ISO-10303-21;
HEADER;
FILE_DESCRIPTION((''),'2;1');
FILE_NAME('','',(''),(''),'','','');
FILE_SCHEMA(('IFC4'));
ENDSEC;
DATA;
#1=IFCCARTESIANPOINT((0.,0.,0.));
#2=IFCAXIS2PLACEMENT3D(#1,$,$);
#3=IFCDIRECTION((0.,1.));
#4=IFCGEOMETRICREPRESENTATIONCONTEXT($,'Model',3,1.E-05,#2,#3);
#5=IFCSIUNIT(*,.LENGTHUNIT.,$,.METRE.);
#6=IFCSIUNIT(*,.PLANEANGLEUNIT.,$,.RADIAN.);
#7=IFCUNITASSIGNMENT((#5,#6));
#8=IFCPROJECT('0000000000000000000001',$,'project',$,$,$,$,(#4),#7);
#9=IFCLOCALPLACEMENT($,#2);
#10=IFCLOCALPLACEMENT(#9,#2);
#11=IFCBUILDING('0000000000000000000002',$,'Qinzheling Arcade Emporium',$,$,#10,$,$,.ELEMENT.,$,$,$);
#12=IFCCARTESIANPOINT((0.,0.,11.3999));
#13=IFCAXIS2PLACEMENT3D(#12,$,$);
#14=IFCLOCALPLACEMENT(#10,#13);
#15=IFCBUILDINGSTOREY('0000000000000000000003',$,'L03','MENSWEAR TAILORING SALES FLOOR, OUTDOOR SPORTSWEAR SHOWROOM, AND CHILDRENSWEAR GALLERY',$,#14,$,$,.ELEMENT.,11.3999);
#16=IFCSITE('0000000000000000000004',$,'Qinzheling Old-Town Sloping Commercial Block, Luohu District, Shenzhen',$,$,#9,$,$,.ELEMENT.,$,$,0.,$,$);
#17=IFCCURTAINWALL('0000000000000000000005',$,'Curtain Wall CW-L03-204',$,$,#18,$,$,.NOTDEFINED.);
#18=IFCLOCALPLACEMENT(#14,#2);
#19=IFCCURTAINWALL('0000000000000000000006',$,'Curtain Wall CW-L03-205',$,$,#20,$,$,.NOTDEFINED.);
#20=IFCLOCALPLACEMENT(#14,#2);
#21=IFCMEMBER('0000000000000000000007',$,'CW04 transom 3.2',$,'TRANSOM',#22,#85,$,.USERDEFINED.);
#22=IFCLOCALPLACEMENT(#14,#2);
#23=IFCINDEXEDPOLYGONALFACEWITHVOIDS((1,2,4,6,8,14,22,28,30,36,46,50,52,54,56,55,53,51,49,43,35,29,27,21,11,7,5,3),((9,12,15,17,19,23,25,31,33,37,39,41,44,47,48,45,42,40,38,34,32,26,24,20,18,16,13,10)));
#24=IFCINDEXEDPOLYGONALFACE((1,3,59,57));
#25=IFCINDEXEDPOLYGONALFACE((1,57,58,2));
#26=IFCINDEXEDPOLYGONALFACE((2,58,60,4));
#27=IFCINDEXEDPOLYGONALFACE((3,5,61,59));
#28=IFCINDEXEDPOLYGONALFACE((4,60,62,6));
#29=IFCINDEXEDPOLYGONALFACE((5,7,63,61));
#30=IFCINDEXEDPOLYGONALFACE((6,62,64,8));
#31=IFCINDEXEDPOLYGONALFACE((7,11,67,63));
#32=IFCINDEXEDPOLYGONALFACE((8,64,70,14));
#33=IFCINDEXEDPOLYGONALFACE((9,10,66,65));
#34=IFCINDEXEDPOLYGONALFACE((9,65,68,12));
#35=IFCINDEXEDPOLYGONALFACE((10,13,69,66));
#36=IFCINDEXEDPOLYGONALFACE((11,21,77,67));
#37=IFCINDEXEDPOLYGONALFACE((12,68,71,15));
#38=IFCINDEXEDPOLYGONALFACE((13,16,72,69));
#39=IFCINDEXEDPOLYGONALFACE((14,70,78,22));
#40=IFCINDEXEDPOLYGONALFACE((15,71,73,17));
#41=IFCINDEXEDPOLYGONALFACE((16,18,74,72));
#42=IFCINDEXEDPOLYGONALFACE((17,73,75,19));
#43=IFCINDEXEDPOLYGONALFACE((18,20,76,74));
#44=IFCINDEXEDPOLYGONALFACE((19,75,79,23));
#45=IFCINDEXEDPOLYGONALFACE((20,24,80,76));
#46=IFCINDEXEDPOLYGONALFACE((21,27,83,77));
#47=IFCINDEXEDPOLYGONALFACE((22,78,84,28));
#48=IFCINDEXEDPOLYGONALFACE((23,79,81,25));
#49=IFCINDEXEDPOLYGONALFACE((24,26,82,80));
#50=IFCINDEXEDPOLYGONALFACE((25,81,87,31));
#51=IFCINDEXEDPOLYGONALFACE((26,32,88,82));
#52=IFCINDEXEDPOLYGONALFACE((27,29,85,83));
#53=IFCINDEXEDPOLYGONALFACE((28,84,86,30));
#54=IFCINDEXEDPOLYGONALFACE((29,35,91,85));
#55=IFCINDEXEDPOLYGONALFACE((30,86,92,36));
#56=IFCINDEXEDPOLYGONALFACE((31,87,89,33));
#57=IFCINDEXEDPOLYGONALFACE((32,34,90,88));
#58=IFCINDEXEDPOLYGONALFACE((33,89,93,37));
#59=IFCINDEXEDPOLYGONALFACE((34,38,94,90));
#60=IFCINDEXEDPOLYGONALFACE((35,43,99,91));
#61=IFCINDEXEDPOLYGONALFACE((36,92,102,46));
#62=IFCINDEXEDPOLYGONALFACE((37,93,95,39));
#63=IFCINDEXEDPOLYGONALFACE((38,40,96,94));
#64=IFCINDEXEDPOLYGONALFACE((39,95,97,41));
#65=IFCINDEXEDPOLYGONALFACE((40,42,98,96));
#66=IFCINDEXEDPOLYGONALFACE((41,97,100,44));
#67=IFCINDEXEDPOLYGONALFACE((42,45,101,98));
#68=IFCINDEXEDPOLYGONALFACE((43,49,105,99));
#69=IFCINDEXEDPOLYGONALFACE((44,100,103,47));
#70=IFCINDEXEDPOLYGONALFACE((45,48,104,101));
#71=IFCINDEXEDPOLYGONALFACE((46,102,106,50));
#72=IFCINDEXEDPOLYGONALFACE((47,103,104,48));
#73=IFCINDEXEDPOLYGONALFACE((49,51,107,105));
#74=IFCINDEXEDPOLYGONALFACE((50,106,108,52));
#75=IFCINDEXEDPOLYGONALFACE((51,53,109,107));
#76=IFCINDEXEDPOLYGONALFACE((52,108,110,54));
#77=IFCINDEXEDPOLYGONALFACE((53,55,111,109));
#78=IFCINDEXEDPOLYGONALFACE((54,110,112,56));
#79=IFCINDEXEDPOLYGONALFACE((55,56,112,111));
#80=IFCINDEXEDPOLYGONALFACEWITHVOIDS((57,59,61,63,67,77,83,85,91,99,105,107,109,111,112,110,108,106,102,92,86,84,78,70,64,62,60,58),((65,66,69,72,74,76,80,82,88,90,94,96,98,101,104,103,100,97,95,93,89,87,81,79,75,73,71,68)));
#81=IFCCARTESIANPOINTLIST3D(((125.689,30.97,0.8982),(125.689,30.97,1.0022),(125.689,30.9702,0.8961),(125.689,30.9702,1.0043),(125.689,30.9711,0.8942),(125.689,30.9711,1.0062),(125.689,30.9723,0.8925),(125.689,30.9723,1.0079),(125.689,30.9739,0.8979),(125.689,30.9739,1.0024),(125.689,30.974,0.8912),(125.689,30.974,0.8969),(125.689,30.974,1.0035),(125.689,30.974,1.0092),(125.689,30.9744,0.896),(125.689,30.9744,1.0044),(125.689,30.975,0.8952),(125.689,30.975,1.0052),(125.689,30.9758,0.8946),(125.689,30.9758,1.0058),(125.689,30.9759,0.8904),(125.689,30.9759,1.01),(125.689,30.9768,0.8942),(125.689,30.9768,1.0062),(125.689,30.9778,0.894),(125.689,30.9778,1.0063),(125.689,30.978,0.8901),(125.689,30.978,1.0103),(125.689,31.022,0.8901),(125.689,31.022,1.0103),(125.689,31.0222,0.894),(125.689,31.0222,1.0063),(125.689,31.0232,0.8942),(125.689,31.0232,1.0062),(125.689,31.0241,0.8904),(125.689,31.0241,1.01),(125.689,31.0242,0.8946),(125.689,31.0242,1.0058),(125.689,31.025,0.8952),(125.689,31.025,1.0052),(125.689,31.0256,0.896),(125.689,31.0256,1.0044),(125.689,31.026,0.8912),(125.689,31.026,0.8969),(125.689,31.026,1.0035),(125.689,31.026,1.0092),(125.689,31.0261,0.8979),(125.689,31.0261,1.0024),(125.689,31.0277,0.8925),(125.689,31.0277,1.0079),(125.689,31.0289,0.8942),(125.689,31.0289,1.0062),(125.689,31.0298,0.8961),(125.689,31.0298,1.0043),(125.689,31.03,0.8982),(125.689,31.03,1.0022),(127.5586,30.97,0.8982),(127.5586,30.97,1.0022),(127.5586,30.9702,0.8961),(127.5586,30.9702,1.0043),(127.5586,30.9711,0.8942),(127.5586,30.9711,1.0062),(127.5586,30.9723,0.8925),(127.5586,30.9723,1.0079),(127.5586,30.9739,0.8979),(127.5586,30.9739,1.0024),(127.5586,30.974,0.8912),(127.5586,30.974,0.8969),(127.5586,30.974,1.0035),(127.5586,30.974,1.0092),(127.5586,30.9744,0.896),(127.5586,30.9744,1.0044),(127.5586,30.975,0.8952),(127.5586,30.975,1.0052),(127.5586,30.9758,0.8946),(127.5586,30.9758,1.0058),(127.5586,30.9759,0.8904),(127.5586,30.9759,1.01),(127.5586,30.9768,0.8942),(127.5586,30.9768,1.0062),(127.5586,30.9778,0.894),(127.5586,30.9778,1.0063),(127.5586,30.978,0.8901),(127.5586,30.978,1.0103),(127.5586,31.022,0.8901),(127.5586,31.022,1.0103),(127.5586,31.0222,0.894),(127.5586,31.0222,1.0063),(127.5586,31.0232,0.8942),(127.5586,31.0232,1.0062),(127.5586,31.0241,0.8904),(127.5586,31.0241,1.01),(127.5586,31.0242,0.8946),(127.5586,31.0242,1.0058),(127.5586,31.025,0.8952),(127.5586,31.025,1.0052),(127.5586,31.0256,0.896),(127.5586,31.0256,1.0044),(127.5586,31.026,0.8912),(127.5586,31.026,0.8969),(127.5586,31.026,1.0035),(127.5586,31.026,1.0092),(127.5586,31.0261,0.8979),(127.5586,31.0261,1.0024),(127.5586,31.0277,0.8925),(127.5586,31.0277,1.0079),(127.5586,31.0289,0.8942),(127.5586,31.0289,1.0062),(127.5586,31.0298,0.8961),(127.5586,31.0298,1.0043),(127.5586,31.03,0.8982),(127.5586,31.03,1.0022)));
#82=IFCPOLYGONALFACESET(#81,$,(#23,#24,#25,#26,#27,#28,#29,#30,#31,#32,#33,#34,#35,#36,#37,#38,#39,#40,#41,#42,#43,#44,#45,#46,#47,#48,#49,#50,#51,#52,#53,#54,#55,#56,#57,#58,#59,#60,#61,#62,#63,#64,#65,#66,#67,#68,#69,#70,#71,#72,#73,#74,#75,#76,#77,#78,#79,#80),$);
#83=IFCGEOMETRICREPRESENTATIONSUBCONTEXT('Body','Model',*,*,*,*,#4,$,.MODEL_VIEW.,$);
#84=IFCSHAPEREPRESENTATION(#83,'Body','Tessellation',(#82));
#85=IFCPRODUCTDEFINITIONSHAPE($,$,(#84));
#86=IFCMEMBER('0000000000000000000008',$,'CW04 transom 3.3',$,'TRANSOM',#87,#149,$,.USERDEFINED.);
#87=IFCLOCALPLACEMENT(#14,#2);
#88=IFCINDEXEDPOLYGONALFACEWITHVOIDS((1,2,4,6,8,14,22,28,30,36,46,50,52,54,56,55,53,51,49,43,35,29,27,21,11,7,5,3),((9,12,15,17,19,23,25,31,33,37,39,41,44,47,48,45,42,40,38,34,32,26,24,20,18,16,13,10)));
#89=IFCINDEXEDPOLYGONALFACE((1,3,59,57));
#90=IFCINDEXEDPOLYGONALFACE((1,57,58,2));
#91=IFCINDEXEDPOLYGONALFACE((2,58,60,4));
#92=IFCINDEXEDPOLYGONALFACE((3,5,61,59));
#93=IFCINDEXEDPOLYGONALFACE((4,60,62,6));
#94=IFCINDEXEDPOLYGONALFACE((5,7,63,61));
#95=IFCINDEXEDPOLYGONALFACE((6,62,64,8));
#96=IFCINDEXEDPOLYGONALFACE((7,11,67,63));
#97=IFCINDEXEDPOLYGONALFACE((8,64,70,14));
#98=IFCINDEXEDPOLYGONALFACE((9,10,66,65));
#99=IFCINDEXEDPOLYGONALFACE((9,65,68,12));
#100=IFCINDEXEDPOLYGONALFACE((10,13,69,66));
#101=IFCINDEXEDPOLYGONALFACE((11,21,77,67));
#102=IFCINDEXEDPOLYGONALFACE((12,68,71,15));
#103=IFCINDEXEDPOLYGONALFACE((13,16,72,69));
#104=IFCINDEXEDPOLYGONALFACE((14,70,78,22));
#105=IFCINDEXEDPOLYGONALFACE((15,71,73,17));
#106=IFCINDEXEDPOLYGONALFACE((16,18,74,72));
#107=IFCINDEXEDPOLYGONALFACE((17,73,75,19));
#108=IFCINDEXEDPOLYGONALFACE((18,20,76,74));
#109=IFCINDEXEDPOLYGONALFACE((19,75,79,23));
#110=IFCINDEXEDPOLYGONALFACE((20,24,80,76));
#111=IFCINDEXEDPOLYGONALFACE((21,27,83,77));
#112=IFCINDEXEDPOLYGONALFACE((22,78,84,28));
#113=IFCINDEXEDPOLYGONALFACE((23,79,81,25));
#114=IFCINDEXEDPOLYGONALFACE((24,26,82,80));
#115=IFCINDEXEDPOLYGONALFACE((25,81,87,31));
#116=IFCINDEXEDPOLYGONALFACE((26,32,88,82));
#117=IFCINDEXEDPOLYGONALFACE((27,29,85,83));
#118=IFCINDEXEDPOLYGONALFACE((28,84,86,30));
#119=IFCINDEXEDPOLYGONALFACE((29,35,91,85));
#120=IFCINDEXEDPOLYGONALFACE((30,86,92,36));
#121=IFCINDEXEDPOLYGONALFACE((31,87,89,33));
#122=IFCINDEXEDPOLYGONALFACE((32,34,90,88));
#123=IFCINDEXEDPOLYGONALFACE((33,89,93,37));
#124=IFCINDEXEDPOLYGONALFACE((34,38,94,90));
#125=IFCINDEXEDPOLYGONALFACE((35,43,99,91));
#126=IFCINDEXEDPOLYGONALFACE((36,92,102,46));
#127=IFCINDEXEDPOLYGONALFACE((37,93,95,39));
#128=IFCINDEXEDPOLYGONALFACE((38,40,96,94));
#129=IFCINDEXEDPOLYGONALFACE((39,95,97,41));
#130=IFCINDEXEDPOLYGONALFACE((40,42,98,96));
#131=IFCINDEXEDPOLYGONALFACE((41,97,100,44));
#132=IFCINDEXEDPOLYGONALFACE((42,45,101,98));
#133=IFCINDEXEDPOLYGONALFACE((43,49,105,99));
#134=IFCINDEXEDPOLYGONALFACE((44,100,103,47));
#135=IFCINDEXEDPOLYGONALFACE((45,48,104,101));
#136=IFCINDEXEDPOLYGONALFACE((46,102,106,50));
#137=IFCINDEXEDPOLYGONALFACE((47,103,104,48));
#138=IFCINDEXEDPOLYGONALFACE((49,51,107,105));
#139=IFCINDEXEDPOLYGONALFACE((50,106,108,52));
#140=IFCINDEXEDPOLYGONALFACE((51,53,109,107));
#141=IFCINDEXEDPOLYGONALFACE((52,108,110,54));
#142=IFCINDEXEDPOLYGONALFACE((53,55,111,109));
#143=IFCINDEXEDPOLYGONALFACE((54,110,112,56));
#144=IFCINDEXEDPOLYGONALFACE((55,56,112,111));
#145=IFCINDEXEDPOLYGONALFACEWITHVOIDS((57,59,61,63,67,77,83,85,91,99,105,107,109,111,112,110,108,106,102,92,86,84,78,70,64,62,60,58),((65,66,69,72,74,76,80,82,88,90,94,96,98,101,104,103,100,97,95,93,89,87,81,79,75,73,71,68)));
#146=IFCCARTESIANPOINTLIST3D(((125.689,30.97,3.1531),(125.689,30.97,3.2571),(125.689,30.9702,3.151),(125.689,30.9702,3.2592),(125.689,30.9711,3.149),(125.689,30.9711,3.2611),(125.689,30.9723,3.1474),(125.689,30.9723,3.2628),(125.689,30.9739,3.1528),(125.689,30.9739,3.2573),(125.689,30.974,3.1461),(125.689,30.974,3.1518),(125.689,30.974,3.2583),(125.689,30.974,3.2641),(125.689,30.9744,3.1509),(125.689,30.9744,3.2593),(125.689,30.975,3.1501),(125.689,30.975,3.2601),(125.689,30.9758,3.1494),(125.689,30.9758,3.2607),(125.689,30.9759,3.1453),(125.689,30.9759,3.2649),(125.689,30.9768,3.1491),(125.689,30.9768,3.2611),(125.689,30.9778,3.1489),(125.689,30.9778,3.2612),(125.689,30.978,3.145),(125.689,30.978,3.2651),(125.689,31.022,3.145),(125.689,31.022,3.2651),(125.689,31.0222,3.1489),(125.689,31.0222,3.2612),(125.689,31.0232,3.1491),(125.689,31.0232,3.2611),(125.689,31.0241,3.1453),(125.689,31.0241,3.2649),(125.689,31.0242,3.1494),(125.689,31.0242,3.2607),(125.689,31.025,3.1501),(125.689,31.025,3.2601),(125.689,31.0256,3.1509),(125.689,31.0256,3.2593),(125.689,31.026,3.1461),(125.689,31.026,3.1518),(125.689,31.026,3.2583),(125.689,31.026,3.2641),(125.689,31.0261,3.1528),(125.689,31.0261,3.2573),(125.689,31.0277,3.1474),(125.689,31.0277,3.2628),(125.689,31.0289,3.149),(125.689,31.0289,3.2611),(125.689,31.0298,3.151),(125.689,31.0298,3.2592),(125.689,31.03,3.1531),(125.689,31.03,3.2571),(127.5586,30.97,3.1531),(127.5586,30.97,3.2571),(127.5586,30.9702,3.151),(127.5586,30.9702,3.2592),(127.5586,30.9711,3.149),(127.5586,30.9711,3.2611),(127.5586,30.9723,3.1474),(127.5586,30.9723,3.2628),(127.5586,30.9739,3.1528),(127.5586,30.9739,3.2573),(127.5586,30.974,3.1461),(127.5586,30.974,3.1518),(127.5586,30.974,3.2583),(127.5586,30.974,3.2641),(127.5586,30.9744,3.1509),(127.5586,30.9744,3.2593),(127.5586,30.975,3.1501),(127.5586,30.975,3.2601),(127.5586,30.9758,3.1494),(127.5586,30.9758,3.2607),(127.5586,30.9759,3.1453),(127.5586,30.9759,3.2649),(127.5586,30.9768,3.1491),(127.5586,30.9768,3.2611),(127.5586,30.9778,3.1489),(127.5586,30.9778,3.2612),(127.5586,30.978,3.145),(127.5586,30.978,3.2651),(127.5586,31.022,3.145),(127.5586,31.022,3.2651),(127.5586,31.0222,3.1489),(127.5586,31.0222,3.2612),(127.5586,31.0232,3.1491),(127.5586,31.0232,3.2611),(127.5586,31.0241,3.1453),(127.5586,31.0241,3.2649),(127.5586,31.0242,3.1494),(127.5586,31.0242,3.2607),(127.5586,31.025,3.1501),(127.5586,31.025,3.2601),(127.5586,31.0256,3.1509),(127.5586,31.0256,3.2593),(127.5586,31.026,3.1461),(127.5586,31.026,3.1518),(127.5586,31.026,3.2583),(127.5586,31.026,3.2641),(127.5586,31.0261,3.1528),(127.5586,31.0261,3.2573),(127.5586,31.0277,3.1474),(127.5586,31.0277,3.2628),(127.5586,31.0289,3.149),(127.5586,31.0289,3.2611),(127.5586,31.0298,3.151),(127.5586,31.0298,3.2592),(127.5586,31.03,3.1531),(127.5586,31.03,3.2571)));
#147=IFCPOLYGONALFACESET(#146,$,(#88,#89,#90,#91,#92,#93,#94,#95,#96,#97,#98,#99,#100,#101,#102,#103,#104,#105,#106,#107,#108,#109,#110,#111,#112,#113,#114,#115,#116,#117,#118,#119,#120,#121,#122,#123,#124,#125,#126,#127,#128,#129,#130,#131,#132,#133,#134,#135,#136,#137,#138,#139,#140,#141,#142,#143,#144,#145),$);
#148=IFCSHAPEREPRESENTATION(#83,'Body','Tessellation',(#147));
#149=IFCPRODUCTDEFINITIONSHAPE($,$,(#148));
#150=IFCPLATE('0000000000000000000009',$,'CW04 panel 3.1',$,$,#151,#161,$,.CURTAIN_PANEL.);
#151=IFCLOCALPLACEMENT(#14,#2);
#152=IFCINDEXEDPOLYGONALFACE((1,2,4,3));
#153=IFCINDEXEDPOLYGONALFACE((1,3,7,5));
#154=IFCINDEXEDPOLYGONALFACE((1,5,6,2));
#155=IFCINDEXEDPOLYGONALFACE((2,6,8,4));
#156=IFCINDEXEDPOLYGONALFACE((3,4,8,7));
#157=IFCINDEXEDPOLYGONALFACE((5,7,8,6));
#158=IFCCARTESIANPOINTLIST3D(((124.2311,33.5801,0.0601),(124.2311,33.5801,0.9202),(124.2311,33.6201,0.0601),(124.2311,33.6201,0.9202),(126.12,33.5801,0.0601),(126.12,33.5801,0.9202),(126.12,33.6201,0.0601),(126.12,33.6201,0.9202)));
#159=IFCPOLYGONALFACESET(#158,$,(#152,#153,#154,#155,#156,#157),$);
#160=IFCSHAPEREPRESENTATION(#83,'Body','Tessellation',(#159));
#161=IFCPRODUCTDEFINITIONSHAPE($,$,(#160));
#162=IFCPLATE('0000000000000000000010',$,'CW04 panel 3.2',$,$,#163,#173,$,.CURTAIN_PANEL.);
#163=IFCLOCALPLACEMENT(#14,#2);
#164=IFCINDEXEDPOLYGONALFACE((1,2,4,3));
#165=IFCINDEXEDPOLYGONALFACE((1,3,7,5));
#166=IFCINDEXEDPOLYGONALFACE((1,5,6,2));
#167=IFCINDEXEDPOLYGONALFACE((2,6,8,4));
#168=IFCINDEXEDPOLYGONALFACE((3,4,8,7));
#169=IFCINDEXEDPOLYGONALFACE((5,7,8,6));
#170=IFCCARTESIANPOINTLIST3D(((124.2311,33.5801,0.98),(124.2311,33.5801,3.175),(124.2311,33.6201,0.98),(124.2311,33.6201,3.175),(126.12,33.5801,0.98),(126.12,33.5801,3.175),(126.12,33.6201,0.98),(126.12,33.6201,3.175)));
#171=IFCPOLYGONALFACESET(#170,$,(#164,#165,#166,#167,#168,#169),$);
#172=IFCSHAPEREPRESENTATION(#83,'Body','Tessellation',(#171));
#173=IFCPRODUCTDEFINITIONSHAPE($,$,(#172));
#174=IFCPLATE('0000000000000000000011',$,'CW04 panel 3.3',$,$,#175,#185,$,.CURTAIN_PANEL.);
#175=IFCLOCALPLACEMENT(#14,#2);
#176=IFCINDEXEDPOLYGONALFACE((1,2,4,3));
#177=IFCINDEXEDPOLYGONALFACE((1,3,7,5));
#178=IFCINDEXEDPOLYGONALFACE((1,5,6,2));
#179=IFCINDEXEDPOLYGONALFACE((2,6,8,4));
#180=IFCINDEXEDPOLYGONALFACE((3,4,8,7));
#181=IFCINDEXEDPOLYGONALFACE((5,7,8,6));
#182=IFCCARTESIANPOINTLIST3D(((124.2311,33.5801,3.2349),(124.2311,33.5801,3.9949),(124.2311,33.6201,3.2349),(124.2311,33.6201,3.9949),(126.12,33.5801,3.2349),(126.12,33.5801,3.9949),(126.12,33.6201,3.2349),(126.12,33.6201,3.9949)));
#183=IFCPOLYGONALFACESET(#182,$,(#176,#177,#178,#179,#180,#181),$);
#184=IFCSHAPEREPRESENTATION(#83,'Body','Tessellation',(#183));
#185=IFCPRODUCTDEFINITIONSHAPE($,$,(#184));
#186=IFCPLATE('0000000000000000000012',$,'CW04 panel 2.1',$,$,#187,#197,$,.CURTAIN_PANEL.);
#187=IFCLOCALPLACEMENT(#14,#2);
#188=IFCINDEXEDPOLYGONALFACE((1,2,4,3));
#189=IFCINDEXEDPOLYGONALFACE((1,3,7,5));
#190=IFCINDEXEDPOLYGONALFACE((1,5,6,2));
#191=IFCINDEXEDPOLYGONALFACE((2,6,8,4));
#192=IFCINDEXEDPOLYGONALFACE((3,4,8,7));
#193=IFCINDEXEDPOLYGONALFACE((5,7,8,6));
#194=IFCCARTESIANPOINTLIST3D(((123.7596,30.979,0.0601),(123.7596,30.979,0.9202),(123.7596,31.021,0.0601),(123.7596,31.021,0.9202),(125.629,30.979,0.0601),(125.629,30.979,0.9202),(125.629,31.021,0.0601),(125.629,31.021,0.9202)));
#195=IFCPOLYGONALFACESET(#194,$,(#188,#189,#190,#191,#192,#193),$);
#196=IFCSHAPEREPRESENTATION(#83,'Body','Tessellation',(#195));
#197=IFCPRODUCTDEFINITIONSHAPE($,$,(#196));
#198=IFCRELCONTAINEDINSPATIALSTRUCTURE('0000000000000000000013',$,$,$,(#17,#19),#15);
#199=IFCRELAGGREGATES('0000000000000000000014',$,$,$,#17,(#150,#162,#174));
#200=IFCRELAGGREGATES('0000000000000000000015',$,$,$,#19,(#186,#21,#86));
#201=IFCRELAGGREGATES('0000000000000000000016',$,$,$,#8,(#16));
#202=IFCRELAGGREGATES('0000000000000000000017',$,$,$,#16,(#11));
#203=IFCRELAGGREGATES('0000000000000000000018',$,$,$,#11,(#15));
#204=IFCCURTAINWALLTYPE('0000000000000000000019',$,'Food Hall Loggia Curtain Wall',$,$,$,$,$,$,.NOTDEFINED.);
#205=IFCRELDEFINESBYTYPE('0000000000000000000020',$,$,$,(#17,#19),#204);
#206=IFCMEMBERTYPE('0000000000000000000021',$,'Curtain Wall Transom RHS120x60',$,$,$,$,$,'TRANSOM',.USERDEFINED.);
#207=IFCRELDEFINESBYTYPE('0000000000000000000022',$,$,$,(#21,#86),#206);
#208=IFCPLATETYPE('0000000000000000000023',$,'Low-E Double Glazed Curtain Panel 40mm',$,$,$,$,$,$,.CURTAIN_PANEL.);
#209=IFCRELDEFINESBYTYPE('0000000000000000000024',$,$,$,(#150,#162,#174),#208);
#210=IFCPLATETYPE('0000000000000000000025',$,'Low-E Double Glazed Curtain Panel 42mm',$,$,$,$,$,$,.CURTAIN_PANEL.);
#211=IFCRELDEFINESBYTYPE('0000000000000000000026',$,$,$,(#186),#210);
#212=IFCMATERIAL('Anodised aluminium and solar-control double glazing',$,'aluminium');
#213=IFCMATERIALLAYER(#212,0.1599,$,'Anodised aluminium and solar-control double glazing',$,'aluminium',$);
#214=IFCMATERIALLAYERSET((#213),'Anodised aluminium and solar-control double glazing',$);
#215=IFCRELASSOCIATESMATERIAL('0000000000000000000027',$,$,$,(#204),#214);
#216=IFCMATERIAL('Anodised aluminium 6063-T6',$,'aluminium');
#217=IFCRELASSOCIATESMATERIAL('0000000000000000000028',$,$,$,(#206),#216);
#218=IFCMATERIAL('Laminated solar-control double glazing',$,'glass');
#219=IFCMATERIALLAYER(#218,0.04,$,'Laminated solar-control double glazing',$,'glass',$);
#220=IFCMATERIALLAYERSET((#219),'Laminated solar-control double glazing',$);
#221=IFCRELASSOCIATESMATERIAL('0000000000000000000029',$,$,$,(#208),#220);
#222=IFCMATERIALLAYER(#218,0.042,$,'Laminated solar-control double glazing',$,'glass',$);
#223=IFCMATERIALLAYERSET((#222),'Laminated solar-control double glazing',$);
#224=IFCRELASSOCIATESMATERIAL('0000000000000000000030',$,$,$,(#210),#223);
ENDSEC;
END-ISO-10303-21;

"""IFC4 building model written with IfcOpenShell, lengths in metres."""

from ifc_helpers import new_model, si_unit, direction, frame, origin, origin_2d, place, context, subcontext, project, spatial, rectangle, hollow_rectangle, extrude, material, layer, layer_set, material_profile, profile_set, type_object, element, aggregate, save


model = new_model("IFC4")

# Units and contexts
model_context = context("Model", 3, precision=1e-05, world=origin(), true_north=direction((0.0, 1.0)))
body_context = subcontext(model_context, "Body", "Model", "MODEL_VIEW")
ifc_project = project(units=[si_unit("LENGTHUNIT", "METRE"), si_unit("PLANEANGLEUNIT", "RADIAN")], contexts=[model_context])

# Site, building, storey
site_placement = place(None, origin())
site = spatial("IfcSite", under=ifc_project, at=site_placement, Name="Qinzheling Old-Town Sloping Commercial Block, Luohu District, Shenzhen", CompositionType="ELEMENT", RefElevation=0.0)
building_placement = place(site_placement, origin())
building = spatial("IfcBuilding", under=site, at=building_placement, Name="Qinzheling Arcade Emporium", CompositionType="ELEMENT")
storey_placement = place(building_placement, frame((0.0, 0.0, 11.3999)))
storey = spatial("IfcBuildingStorey", under=building, at=storey_placement, Name="L03", Description="MENSWEAR TAILORING SALES FLOOR, OUTDOOR SPORTSWEAR SHOWROOM, AND CHILDRENSWEAR GALLERY", CompositionType="ELEMENT", Elevation=11.3999)

# Curtain wall
ifc_material_1 = material(Name="Anodised aluminium and solar-control double glazing", Category="aluminium")
ifc_layer_1 = layer(ifc_material_1, 0.1599, Name="Anodised aluminium and solar-control double glazing", Category="aluminium")
ifc_layer_set_1 = layer_set([ifc_layer_1], Name="Anodised aluminium and solar-control double glazing")
curtain_wall_type = type_object("IfcCurtainWallType", Name="Food Hall Loggia Curtain Wall", PredefinedType="NOTDEFINED", material=ifc_layer_set_1)
curtain_wall_1_placement = place(storey_placement, origin())
curtain_wall_1 = element("IfcCurtainWall", 1, at=curtain_wall_1_placement, inside=storey, type_object=curtain_wall_type, Name="Curtain Wall CW-L03-204", PredefinedType="NOTDEFINED")
ifc_material_2 = material(Name="Anodised aluminium 6063-T6", Category="aluminium")

# Curtain wall
curtain_wall_2_placement = place(storey_placement, origin())
curtain_wall_2 = element("IfcCurtainWall", 2, at=curtain_wall_2_placement, inside=storey, type_object=curtain_wall_type, Name="Curtain Wall CW-L03-205", PredefinedType="NOTDEFINED")

# Members
ifc_material_profile_1 = material_profile(ifc_material_2, hollow_rectangle(XDim=0.0601, YDim=0.1201, WallThickness=0.0039, InnerFilletRadius=0.0039, OuterFilletRadius=0.0081, at=origin_2d()), Name="RHS 120x60x4", Category="aluminium")
ifc_profile_set_1 = profile_set([ifc_material_profile_1], Name="Anodised aluminium 6063-T6")
member_type_1 = type_object("IfcMemberType", Name="Curtain Wall Transom RHS120x60", ElementType="TRANSOM", PredefinedType="USERDEFINED", material=ifc_profile_set_1)
member_1_placement = place(storey_placement, frame((125.689, 31.0, 0.9502), z_axis=(1.0, 0.0, 0.0), x_axis=(0.0, 1.0, 0.0)))
member_1 = element("IfcMember", 3, at=member_1_placement, type_object=member_type_1, Name="CW04 transom 3.2", ObjectType="TRANSOM", PredefinedType="USERDEFINED", context=body_context, shape_type="SweptSolid", body=[
    extrude(hollow_rectangle(XDim=0.0601, YDim=0.1201, WallThickness=0.0039, InnerFilletRadius=0.0039, OuterFilletRadius=0.0081, at=origin_2d()), origin(), (0.0, 0.0, 1.0), 1.8696),
])
member_2_placement = place(storey_placement, frame((125.689, 31.0, 3.2051), z_axis=(1.0, 0.0, 0.0), x_axis=(0.0, 1.0, 0.0)))
member_2 = element("IfcMember", 4, at=member_2_placement, type_object=member_type_1, Name="CW04 transom 3.3", ObjectType="TRANSOM", PredefinedType="USERDEFINED", context=body_context, shape_type="SweptSolid", body=[
    extrude(hollow_rectangle(XDim=0.0601, YDim=0.1201, WallThickness=0.0039, InnerFilletRadius=0.0039, OuterFilletRadius=0.0081, at=origin_2d()), origin(), (0.0, 0.0, 1.0), 1.8696),
])

# Plates
ifc_material_3 = material(Name="Laminated solar-control double glazing", Category="glass")
ifc_layer_2 = layer(ifc_material_3, 0.04, Name="Laminated solar-control double glazing", Category="glass")
ifc_layer_set_2 = layer_set([ifc_layer_2], Name="Laminated solar-control double glazing")
plate_type_1 = type_object("IfcPlateType", Name="Low-E Double Glazed Curtain Panel 40mm", PredefinedType="CURTAIN_PANEL", material=ifc_layer_set_2)
plate_1_placement = place(storey_placement, frame((125.1755, 33.6001, 0.0601), z_axis=(0.0, 0.0, 1.0), x_axis=(-1.0, 0.0, 0.0)))
plate_1 = element("IfcPlate", 5, at=plate_1_placement, type_object=plate_type_1, Name="CW04 panel 3.1", PredefinedType="CURTAIN_PANEL", context=body_context, shape_type="SweptSolid", body=[
    extrude(rectangle(XDim=1.8889, YDim=0.04, at=origin_2d()), origin(), (0.0, 0.0, 1.0), 0.8601),
])
plate_2_placement = place(storey_placement, frame((125.1755, 33.6001, 0.98), z_axis=(0.0, 0.0, 1.0), x_axis=(-1.0, 0.0, 0.0)))
plate_2 = element("IfcPlate", 6, at=plate_2_placement, type_object=plate_type_1, Name="CW04 panel 3.2", PredefinedType="CURTAIN_PANEL", context=body_context, shape_type="SweptSolid", body=[
    extrude(rectangle(XDim=1.8889, YDim=0.04, at=origin_2d()), origin(), (0.0, 0.0, 1.0), 2.1951),
])
plate_3_placement = place(storey_placement, frame((125.1755, 33.6001, 3.2349), z_axis=(0.0, 0.0, 1.0), x_axis=(-1.0, 0.0, 0.0)))
plate_3 = element("IfcPlate", 7, at=plate_3_placement, type_object=plate_type_1, Name="CW04 panel 3.3", PredefinedType="CURTAIN_PANEL", context=body_context, shape_type="SweptSolid", body=[
    extrude(rectangle(XDim=1.8889, YDim=0.04, at=origin_2d()), origin(), (0.0, 0.0, 1.0), 0.76),
])
aggregate(curtain_wall_1, [plate_1, plate_2, plate_3])
ifc_layer_3 = layer(ifc_material_3, 0.042, Name="Laminated solar-control double glazing", Category="glass")
ifc_layer_set_3 = layer_set([ifc_layer_3], Name="Laminated solar-control double glazing")
plate_type_2 = type_object("IfcPlateType", Name="Low-E Double Glazed Curtain Panel 42mm", PredefinedType="CURTAIN_PANEL", material=ifc_layer_set_3)
plate_4_placement = place(storey_placement, frame((124.6943, 31.0, 0.0601), z_axis=(0.0, 0.0, 1.0), x_axis=(1.0, 0.0, 0.0)))
plate_4 = element("IfcPlate", 8, at=plate_4_placement, type_object=plate_type_2, Name="CW04 panel 2.1", PredefinedType="CURTAIN_PANEL", context=body_context, shape_type="SweptSolid", body=[
    extrude(rectangle(XDim=1.8694, YDim=0.042, at=origin_2d()), origin(), (0.0, 0.0, 1.0), 0.8601),
])
aggregate(curtain_wall_2, [plate_4, member_1, member_2])

save(model, "model.ifc")
